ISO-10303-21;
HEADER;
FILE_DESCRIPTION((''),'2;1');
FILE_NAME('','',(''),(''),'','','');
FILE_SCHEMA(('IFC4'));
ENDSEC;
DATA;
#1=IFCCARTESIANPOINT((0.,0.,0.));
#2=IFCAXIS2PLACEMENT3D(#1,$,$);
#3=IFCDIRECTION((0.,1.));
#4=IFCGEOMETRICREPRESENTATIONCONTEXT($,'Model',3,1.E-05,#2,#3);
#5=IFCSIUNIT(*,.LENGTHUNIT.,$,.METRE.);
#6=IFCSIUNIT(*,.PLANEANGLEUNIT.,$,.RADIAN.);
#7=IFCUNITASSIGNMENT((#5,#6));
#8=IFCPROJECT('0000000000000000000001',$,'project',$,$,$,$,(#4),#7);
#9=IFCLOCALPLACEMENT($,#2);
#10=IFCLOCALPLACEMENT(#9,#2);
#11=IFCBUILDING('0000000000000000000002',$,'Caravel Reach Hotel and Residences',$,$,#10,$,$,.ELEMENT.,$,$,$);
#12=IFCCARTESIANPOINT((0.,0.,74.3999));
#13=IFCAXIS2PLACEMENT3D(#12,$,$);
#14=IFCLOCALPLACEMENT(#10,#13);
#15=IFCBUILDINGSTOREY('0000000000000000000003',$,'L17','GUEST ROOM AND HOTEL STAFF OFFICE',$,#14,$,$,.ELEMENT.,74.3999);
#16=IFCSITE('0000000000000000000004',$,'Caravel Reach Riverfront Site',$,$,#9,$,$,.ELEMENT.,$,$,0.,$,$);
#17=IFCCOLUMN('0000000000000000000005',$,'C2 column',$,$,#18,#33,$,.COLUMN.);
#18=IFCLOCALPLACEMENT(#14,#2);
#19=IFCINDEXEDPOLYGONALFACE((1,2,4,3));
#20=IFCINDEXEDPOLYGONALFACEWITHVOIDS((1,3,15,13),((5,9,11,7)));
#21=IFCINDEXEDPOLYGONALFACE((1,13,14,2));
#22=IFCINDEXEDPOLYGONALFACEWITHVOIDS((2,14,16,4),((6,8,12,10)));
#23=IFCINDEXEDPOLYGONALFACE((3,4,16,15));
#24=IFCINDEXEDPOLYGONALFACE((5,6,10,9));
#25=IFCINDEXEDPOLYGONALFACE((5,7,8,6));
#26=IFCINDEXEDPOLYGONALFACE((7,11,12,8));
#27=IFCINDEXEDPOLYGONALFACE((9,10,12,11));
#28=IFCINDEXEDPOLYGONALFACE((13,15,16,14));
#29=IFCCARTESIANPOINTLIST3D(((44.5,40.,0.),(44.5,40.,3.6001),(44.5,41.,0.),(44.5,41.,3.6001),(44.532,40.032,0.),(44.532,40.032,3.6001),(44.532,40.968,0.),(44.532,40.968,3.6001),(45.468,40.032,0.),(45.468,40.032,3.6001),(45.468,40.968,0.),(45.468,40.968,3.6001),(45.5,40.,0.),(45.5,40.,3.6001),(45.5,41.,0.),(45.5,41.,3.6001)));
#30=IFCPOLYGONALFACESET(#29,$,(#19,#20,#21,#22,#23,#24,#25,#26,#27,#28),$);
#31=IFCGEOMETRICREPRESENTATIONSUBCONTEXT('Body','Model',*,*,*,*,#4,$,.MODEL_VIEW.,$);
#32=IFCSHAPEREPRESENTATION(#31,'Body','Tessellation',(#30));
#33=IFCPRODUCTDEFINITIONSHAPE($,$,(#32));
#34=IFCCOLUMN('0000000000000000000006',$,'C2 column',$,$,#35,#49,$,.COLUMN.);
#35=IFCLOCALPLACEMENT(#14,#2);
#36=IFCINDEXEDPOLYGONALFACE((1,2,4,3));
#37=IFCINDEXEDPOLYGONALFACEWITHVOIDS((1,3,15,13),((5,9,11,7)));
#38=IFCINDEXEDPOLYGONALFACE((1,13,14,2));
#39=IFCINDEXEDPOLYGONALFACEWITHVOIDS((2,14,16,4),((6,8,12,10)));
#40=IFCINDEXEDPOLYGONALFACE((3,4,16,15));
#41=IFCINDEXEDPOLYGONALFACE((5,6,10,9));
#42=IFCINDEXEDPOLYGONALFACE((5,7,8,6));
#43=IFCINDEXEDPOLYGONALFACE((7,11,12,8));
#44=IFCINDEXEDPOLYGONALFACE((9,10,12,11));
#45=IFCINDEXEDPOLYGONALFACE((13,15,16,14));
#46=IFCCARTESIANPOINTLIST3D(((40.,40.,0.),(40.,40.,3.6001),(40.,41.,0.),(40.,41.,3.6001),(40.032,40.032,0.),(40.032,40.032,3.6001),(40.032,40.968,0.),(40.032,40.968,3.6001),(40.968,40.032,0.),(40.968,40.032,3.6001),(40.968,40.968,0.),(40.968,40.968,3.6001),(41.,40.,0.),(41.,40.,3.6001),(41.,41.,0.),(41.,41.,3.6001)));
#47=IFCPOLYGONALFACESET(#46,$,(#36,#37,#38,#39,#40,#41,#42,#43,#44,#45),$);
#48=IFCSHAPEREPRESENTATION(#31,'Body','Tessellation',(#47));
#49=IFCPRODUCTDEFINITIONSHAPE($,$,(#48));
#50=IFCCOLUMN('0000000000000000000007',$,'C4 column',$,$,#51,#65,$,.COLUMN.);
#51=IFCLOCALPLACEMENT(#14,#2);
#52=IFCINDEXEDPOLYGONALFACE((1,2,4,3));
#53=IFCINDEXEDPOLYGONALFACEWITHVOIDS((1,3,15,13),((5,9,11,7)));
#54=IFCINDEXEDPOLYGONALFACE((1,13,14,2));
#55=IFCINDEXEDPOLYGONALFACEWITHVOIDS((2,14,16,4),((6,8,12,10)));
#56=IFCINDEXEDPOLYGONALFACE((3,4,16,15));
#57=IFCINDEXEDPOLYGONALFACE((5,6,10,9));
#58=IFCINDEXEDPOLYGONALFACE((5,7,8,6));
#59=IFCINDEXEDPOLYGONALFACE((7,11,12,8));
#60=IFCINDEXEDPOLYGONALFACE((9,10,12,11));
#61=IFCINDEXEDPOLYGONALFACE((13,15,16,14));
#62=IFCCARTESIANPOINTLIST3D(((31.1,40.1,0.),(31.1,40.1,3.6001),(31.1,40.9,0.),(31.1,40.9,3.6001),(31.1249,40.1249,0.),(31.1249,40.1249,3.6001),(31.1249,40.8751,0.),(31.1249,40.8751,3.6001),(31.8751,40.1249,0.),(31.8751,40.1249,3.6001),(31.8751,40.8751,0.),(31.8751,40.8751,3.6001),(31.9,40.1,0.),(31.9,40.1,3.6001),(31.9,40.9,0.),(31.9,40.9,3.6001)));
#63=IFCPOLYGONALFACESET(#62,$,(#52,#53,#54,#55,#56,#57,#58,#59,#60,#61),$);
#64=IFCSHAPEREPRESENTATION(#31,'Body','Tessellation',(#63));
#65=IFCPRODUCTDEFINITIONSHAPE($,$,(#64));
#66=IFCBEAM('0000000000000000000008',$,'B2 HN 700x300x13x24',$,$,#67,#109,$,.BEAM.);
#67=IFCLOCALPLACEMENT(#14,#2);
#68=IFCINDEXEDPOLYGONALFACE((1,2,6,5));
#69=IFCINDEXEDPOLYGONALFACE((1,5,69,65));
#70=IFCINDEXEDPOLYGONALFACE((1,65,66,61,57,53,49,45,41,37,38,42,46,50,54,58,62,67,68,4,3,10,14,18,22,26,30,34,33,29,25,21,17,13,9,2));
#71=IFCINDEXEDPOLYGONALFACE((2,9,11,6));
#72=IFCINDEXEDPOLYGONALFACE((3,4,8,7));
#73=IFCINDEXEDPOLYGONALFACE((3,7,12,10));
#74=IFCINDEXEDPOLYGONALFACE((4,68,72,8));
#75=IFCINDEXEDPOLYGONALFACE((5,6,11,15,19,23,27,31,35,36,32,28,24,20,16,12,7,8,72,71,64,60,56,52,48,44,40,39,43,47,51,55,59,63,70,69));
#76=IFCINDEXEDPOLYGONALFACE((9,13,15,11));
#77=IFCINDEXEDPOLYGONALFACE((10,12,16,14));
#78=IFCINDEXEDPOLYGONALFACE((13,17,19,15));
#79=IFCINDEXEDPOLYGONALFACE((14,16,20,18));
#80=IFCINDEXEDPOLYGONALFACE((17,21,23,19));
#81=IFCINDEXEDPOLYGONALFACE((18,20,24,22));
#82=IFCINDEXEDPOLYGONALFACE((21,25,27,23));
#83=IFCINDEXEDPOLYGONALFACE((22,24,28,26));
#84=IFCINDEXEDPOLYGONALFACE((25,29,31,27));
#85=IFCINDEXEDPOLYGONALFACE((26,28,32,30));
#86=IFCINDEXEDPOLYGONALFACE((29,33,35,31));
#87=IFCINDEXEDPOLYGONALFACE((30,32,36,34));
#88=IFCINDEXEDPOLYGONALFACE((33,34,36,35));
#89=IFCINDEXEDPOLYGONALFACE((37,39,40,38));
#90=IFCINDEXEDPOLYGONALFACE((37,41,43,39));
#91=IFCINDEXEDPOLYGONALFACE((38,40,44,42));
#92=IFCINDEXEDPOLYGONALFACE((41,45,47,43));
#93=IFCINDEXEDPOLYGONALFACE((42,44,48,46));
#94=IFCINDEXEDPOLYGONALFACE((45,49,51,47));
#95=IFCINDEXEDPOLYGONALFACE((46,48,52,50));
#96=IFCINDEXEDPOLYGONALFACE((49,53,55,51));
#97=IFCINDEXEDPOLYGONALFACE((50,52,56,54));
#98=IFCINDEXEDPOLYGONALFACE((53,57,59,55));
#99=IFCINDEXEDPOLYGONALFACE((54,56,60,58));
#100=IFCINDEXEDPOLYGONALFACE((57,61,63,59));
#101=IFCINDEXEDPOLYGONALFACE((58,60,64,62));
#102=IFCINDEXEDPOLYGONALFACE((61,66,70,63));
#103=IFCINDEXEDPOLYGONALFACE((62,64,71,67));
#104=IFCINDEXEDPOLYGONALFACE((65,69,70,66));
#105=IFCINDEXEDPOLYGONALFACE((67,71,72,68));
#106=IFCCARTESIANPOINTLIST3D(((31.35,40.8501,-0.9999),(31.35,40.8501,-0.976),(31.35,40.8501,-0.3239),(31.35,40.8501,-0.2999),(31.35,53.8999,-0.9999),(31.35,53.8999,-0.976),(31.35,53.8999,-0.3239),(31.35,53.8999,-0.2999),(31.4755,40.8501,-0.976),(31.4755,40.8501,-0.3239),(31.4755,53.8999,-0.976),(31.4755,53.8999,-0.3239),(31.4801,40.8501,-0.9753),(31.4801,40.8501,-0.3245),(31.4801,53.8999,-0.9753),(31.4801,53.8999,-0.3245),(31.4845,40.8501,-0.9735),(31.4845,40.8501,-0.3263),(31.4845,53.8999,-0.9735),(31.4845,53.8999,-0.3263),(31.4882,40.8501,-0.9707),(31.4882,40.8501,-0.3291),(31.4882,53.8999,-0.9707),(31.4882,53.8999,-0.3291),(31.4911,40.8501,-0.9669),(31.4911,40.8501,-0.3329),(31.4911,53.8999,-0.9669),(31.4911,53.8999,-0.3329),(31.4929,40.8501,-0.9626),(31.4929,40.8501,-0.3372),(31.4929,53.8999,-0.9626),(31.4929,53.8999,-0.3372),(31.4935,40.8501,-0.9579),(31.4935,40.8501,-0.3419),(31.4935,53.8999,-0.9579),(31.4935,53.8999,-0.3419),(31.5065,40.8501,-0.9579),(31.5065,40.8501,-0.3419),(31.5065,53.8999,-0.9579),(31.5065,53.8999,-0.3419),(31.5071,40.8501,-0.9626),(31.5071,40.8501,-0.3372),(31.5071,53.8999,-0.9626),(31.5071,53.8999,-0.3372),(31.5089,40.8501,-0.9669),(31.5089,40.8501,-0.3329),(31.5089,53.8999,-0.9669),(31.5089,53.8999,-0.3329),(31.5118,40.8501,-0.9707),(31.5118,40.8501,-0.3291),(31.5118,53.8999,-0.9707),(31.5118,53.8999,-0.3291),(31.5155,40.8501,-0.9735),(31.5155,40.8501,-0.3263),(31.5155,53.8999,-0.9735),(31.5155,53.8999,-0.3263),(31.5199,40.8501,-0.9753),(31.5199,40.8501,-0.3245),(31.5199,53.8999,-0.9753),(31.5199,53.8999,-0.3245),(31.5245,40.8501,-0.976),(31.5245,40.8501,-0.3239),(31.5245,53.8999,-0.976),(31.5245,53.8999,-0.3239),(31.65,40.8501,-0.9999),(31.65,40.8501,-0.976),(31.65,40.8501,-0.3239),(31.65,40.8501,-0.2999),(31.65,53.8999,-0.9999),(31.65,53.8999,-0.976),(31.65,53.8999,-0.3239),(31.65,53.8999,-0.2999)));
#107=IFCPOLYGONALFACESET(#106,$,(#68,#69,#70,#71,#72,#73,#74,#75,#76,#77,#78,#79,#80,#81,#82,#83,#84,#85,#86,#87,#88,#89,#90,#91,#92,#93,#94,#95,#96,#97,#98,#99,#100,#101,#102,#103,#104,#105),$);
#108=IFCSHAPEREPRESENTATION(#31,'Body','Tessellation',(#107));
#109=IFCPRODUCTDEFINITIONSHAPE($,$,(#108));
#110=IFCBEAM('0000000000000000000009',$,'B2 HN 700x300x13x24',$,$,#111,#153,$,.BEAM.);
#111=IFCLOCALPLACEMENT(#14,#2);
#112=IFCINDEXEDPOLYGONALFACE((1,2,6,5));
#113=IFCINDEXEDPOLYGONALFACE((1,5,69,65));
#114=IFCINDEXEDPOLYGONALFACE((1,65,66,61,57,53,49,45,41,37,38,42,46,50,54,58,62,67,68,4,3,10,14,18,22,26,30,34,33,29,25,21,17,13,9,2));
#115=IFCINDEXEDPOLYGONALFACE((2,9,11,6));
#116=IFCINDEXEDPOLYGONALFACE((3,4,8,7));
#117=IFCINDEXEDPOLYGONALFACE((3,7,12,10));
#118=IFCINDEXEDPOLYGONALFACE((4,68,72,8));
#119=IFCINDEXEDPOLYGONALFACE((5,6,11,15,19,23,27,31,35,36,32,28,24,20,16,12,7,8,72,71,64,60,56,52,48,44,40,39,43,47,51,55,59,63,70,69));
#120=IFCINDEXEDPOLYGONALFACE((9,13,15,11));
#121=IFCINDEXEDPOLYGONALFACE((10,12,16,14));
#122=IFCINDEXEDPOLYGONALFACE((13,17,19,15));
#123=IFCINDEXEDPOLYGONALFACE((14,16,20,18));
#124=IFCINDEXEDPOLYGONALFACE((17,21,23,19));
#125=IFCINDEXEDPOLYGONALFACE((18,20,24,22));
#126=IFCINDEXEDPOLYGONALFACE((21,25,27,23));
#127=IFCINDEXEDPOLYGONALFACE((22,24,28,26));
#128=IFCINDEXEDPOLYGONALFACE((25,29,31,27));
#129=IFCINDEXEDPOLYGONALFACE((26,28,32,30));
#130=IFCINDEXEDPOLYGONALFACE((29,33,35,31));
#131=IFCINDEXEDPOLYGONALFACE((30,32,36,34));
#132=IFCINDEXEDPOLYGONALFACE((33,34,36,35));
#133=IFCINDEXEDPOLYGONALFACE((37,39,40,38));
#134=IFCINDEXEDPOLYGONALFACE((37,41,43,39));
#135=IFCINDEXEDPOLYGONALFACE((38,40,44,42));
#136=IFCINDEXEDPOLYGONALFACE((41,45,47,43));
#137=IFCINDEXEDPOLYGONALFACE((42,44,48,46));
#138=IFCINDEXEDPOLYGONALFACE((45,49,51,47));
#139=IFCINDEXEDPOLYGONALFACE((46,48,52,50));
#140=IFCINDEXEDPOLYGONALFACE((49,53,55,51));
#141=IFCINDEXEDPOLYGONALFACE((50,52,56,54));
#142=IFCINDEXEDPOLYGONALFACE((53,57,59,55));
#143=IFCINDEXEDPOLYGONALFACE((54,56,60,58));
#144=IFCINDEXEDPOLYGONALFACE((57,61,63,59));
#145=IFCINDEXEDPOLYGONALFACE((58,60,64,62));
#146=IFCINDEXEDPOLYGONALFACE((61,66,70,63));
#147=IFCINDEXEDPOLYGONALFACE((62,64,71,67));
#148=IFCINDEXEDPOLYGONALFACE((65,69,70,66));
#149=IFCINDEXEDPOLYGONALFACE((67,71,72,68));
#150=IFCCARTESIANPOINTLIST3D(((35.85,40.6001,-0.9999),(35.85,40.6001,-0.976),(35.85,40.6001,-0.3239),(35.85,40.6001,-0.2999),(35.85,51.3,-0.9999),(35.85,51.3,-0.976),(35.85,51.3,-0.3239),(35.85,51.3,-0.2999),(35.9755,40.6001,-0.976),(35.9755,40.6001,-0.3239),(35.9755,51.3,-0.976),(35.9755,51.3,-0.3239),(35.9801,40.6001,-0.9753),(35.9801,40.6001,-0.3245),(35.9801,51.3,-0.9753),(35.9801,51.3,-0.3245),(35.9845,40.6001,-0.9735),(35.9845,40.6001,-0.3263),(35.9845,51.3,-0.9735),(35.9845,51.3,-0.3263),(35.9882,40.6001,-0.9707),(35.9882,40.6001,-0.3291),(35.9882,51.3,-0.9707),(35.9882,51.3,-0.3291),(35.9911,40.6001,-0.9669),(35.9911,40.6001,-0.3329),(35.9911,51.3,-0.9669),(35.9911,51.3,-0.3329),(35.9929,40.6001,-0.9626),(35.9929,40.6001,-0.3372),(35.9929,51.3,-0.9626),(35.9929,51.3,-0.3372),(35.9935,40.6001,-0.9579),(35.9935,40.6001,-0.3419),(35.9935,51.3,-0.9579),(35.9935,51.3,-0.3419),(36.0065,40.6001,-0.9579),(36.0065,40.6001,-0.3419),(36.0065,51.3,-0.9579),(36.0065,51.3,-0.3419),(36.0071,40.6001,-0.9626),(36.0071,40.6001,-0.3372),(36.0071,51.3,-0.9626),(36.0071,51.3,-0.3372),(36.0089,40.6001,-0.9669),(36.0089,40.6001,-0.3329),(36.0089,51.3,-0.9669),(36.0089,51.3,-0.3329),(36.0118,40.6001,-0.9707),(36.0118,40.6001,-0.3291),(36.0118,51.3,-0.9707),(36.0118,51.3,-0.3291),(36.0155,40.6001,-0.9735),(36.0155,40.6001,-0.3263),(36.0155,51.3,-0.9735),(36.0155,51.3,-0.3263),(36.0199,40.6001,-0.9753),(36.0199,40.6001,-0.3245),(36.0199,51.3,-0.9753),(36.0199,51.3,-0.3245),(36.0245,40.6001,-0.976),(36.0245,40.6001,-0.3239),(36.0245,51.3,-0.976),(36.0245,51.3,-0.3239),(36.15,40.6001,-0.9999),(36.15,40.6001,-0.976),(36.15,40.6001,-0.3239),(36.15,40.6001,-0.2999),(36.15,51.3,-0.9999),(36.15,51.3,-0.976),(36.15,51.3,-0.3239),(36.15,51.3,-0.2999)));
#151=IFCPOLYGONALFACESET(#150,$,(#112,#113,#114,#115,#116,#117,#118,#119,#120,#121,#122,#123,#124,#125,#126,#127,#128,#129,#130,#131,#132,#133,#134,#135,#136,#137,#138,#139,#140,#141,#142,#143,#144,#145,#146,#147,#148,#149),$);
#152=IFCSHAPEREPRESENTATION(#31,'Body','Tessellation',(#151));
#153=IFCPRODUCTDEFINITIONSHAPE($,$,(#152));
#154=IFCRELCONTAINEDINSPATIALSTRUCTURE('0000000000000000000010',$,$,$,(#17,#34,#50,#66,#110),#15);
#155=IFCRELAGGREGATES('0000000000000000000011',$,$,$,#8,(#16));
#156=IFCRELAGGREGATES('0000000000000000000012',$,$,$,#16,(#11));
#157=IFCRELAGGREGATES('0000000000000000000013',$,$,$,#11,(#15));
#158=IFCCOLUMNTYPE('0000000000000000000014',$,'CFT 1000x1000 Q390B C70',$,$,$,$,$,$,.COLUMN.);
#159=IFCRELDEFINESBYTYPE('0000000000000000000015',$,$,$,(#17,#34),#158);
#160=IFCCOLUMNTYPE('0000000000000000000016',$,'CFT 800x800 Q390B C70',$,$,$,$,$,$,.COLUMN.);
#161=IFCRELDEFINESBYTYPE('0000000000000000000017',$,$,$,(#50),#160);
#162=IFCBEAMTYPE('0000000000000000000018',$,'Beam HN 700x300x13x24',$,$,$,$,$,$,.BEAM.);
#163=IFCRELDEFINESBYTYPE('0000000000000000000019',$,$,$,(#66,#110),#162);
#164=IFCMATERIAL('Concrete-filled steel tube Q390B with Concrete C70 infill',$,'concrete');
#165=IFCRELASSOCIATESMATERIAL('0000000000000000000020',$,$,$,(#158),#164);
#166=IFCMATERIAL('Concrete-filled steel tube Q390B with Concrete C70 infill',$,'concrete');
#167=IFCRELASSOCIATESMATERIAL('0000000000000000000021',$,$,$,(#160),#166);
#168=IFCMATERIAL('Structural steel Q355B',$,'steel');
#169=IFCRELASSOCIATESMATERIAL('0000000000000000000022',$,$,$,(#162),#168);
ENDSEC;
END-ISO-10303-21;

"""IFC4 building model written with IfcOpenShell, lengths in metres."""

from ifc_helpers import new_model, si_unit, direction, frame, origin, origin_2d, place, context, subcontext, project, spatial, hollow_rectangle, i_section, extrude, material, material_profile, profile_set, type_object, element, save


model = new_model("IFC4")

# Units and contexts
model_context = context("Model", 3, precision=1e-05, world=origin(), true_north=direction((0.0, 1.0)))
body_context = subcontext(model_context, "Body", "Model", "MODEL_VIEW")
ifc_project = project(units=[si_unit("LENGTHUNIT", "METRE"), si_unit("PLANEANGLEUNIT", "RADIAN")], contexts=[model_context])

# Site, building, storey
site_placement = place(None, origin())
site = spatial("IfcSite", under=ifc_project, at=site_placement, Name="Caravel Reach Riverfront Site", CompositionType="ELEMENT", RefElevation=0.0)
building_placement = place(site_placement, origin())
building = spatial("IfcBuilding", under=site, at=building_placement, Name="Caravel Reach Hotel and Residences", CompositionType="ELEMENT")
storey_placement = place(building_placement, frame((0.0, 0.0, 74.3999)))
storey = spatial("IfcBuildingStorey", under=building, at=storey_placement, Name="L17", Description="GUEST ROOM AND HOTEL STAFF OFFICE", CompositionType="ELEMENT", Elevation=74.3999)

# Columns
ifc_material_1 = material(Name="Concrete-filled steel tube Q390B with Concrete C70 infill", Category="concrete")
ifc_material_profile_1 = material_profile(ifc_material_1, hollow_rectangle(XDim=1.0, YDim=1.0, WallThickness=0.032, at=origin_2d()), Name="RHS 1000x1000x32")
ifc_profile_set_1 = profile_set([ifc_material_profile_1], Name="Concrete-filled steel tube Q390B with Concrete C70 infill")
column_type_1 = type_object("IfcColumnType", Name="CFT 1000x1000 Q390B C70", PredefinedType="COLUMN", material=ifc_profile_set_1)
for number, where, z_axis, x_axis, name in (
    (1, (45.0, 40.5, 0.0), (0.0, 0.0, 1.0), (1.0, 0.0, 0.0), "C2 column"),
    (2, (40.5, 40.5, 0.0), (0.0, 0.0, 1.0), (1.0, 0.0, 0.0), "C2 column"),
):
    element("IfcColumn", number, at=place(storey_placement, frame(where, z_axis=z_axis, x_axis=x_axis)), inside=storey, type_object=column_type_1, Name=name, PredefinedType="COLUMN", context=body_context, shape_type="SweptSolid", body=[
        extrude(hollow_rectangle(XDim=1.0, YDim=1.0, WallThickness=0.032, at=origin_2d()), origin(), (0.0, 0.0, 1.0), 3.6001),
    ])
ifc_material_2 = material(Name="Concrete-filled steel tube Q390B with Concrete C70 infill", Category="concrete")
ifc_material_profile_2 = material_profile(ifc_material_2, hollow_rectangle(XDim=0.8, YDim=0.8, WallThickness=0.0249, at=origin_2d()), Name="RHS 800x800x25")
ifc_profile_set_2 = profile_set([ifc_material_profile_2], Name="Concrete-filled steel tube Q390B with Concrete C70 infill")
column_type_2 = type_object("IfcColumnType", Name="CFT 800x800 Q390B C70", PredefinedType="COLUMN", material=ifc_profile_set_2)
column_placement = place(storey_placement, frame((31.5, 40.5, 0.0), z_axis=(0.0, 0.0, 1.0), x_axis=(1.0, 0.0, 0.0)))
element("IfcColumn", 3, at=column_placement, inside=storey, type_object=column_type_2, Name="C4 column", PredefinedType="COLUMN", context=body_context, shape_type="SweptSolid", body=[
    extrude(hollow_rectangle(XDim=0.8, YDim=0.8, WallThickness=0.0249, at=origin_2d()), origin(), (0.0, 0.0, 1.0), 3.6001),
])

# Beams
ifc_material_3 = material(Name="Structural steel Q355B", Category="steel")
ifc_material_profile_3 = material_profile(ifc_material_3, i_section(OverallWidth=0.3, OverallDepth=0.7, WebThickness=0.0129, FlangeThickness=0.0239, FilletRadius=0.0181, at=origin_2d()), Name="HN 700x300x13x24")
ifc_profile_set_3 = profile_set([ifc_material_profile_3], Name="Structural steel Q355B")
beam_type_1 = type_object("IfcBeamType", Name="Beam HN 700x300x13x24", PredefinedType="BEAM", material=ifc_profile_set_3)
beam_1_placement = place(storey_placement, frame((31.5, 40.8501, -0.6499), z_axis=(0.0, 1.0, 0.0), x_axis=(-1.0, 0.0, 0.0)))
element("IfcBeam", 4, at=beam_1_placement, inside=storey, type_object=beam_type_1, Name="B2 HN 700x300x13x24", PredefinedType="BEAM", context=body_context, shape_type="SweptSolid", body=[
    extrude(i_section(OverallWidth=0.3, OverallDepth=0.7, WebThickness=0.0129, FlangeThickness=0.0239, FilletRadius=0.0181, at=origin_2d()), origin(), (0.0, 0.0, 1.0), 13.0498),
])
beam_2_placement = place(storey_placement, frame((36.0, 40.6001, -0.6499), z_axis=(0.0, 1.0, 0.0), x_axis=(-1.0, 0.0, 0.0)))
element("IfcBeam", 5, at=beam_2_placement, inside=storey, type_object=beam_type_1, Name="B2 HN 700x300x13x24", PredefinedType="BEAM", context=body_context, shape_type="SweptSolid", body=[
    extrude(i_section(OverallWidth=0.3, OverallDepth=0.7, WebThickness=0.0129, FlangeThickness=0.0239, FilletRadius=0.0181, at=origin_2d()), origin(), (0.0, 0.0, 1.0), 10.7),
])

save(model, "model.ifc")
